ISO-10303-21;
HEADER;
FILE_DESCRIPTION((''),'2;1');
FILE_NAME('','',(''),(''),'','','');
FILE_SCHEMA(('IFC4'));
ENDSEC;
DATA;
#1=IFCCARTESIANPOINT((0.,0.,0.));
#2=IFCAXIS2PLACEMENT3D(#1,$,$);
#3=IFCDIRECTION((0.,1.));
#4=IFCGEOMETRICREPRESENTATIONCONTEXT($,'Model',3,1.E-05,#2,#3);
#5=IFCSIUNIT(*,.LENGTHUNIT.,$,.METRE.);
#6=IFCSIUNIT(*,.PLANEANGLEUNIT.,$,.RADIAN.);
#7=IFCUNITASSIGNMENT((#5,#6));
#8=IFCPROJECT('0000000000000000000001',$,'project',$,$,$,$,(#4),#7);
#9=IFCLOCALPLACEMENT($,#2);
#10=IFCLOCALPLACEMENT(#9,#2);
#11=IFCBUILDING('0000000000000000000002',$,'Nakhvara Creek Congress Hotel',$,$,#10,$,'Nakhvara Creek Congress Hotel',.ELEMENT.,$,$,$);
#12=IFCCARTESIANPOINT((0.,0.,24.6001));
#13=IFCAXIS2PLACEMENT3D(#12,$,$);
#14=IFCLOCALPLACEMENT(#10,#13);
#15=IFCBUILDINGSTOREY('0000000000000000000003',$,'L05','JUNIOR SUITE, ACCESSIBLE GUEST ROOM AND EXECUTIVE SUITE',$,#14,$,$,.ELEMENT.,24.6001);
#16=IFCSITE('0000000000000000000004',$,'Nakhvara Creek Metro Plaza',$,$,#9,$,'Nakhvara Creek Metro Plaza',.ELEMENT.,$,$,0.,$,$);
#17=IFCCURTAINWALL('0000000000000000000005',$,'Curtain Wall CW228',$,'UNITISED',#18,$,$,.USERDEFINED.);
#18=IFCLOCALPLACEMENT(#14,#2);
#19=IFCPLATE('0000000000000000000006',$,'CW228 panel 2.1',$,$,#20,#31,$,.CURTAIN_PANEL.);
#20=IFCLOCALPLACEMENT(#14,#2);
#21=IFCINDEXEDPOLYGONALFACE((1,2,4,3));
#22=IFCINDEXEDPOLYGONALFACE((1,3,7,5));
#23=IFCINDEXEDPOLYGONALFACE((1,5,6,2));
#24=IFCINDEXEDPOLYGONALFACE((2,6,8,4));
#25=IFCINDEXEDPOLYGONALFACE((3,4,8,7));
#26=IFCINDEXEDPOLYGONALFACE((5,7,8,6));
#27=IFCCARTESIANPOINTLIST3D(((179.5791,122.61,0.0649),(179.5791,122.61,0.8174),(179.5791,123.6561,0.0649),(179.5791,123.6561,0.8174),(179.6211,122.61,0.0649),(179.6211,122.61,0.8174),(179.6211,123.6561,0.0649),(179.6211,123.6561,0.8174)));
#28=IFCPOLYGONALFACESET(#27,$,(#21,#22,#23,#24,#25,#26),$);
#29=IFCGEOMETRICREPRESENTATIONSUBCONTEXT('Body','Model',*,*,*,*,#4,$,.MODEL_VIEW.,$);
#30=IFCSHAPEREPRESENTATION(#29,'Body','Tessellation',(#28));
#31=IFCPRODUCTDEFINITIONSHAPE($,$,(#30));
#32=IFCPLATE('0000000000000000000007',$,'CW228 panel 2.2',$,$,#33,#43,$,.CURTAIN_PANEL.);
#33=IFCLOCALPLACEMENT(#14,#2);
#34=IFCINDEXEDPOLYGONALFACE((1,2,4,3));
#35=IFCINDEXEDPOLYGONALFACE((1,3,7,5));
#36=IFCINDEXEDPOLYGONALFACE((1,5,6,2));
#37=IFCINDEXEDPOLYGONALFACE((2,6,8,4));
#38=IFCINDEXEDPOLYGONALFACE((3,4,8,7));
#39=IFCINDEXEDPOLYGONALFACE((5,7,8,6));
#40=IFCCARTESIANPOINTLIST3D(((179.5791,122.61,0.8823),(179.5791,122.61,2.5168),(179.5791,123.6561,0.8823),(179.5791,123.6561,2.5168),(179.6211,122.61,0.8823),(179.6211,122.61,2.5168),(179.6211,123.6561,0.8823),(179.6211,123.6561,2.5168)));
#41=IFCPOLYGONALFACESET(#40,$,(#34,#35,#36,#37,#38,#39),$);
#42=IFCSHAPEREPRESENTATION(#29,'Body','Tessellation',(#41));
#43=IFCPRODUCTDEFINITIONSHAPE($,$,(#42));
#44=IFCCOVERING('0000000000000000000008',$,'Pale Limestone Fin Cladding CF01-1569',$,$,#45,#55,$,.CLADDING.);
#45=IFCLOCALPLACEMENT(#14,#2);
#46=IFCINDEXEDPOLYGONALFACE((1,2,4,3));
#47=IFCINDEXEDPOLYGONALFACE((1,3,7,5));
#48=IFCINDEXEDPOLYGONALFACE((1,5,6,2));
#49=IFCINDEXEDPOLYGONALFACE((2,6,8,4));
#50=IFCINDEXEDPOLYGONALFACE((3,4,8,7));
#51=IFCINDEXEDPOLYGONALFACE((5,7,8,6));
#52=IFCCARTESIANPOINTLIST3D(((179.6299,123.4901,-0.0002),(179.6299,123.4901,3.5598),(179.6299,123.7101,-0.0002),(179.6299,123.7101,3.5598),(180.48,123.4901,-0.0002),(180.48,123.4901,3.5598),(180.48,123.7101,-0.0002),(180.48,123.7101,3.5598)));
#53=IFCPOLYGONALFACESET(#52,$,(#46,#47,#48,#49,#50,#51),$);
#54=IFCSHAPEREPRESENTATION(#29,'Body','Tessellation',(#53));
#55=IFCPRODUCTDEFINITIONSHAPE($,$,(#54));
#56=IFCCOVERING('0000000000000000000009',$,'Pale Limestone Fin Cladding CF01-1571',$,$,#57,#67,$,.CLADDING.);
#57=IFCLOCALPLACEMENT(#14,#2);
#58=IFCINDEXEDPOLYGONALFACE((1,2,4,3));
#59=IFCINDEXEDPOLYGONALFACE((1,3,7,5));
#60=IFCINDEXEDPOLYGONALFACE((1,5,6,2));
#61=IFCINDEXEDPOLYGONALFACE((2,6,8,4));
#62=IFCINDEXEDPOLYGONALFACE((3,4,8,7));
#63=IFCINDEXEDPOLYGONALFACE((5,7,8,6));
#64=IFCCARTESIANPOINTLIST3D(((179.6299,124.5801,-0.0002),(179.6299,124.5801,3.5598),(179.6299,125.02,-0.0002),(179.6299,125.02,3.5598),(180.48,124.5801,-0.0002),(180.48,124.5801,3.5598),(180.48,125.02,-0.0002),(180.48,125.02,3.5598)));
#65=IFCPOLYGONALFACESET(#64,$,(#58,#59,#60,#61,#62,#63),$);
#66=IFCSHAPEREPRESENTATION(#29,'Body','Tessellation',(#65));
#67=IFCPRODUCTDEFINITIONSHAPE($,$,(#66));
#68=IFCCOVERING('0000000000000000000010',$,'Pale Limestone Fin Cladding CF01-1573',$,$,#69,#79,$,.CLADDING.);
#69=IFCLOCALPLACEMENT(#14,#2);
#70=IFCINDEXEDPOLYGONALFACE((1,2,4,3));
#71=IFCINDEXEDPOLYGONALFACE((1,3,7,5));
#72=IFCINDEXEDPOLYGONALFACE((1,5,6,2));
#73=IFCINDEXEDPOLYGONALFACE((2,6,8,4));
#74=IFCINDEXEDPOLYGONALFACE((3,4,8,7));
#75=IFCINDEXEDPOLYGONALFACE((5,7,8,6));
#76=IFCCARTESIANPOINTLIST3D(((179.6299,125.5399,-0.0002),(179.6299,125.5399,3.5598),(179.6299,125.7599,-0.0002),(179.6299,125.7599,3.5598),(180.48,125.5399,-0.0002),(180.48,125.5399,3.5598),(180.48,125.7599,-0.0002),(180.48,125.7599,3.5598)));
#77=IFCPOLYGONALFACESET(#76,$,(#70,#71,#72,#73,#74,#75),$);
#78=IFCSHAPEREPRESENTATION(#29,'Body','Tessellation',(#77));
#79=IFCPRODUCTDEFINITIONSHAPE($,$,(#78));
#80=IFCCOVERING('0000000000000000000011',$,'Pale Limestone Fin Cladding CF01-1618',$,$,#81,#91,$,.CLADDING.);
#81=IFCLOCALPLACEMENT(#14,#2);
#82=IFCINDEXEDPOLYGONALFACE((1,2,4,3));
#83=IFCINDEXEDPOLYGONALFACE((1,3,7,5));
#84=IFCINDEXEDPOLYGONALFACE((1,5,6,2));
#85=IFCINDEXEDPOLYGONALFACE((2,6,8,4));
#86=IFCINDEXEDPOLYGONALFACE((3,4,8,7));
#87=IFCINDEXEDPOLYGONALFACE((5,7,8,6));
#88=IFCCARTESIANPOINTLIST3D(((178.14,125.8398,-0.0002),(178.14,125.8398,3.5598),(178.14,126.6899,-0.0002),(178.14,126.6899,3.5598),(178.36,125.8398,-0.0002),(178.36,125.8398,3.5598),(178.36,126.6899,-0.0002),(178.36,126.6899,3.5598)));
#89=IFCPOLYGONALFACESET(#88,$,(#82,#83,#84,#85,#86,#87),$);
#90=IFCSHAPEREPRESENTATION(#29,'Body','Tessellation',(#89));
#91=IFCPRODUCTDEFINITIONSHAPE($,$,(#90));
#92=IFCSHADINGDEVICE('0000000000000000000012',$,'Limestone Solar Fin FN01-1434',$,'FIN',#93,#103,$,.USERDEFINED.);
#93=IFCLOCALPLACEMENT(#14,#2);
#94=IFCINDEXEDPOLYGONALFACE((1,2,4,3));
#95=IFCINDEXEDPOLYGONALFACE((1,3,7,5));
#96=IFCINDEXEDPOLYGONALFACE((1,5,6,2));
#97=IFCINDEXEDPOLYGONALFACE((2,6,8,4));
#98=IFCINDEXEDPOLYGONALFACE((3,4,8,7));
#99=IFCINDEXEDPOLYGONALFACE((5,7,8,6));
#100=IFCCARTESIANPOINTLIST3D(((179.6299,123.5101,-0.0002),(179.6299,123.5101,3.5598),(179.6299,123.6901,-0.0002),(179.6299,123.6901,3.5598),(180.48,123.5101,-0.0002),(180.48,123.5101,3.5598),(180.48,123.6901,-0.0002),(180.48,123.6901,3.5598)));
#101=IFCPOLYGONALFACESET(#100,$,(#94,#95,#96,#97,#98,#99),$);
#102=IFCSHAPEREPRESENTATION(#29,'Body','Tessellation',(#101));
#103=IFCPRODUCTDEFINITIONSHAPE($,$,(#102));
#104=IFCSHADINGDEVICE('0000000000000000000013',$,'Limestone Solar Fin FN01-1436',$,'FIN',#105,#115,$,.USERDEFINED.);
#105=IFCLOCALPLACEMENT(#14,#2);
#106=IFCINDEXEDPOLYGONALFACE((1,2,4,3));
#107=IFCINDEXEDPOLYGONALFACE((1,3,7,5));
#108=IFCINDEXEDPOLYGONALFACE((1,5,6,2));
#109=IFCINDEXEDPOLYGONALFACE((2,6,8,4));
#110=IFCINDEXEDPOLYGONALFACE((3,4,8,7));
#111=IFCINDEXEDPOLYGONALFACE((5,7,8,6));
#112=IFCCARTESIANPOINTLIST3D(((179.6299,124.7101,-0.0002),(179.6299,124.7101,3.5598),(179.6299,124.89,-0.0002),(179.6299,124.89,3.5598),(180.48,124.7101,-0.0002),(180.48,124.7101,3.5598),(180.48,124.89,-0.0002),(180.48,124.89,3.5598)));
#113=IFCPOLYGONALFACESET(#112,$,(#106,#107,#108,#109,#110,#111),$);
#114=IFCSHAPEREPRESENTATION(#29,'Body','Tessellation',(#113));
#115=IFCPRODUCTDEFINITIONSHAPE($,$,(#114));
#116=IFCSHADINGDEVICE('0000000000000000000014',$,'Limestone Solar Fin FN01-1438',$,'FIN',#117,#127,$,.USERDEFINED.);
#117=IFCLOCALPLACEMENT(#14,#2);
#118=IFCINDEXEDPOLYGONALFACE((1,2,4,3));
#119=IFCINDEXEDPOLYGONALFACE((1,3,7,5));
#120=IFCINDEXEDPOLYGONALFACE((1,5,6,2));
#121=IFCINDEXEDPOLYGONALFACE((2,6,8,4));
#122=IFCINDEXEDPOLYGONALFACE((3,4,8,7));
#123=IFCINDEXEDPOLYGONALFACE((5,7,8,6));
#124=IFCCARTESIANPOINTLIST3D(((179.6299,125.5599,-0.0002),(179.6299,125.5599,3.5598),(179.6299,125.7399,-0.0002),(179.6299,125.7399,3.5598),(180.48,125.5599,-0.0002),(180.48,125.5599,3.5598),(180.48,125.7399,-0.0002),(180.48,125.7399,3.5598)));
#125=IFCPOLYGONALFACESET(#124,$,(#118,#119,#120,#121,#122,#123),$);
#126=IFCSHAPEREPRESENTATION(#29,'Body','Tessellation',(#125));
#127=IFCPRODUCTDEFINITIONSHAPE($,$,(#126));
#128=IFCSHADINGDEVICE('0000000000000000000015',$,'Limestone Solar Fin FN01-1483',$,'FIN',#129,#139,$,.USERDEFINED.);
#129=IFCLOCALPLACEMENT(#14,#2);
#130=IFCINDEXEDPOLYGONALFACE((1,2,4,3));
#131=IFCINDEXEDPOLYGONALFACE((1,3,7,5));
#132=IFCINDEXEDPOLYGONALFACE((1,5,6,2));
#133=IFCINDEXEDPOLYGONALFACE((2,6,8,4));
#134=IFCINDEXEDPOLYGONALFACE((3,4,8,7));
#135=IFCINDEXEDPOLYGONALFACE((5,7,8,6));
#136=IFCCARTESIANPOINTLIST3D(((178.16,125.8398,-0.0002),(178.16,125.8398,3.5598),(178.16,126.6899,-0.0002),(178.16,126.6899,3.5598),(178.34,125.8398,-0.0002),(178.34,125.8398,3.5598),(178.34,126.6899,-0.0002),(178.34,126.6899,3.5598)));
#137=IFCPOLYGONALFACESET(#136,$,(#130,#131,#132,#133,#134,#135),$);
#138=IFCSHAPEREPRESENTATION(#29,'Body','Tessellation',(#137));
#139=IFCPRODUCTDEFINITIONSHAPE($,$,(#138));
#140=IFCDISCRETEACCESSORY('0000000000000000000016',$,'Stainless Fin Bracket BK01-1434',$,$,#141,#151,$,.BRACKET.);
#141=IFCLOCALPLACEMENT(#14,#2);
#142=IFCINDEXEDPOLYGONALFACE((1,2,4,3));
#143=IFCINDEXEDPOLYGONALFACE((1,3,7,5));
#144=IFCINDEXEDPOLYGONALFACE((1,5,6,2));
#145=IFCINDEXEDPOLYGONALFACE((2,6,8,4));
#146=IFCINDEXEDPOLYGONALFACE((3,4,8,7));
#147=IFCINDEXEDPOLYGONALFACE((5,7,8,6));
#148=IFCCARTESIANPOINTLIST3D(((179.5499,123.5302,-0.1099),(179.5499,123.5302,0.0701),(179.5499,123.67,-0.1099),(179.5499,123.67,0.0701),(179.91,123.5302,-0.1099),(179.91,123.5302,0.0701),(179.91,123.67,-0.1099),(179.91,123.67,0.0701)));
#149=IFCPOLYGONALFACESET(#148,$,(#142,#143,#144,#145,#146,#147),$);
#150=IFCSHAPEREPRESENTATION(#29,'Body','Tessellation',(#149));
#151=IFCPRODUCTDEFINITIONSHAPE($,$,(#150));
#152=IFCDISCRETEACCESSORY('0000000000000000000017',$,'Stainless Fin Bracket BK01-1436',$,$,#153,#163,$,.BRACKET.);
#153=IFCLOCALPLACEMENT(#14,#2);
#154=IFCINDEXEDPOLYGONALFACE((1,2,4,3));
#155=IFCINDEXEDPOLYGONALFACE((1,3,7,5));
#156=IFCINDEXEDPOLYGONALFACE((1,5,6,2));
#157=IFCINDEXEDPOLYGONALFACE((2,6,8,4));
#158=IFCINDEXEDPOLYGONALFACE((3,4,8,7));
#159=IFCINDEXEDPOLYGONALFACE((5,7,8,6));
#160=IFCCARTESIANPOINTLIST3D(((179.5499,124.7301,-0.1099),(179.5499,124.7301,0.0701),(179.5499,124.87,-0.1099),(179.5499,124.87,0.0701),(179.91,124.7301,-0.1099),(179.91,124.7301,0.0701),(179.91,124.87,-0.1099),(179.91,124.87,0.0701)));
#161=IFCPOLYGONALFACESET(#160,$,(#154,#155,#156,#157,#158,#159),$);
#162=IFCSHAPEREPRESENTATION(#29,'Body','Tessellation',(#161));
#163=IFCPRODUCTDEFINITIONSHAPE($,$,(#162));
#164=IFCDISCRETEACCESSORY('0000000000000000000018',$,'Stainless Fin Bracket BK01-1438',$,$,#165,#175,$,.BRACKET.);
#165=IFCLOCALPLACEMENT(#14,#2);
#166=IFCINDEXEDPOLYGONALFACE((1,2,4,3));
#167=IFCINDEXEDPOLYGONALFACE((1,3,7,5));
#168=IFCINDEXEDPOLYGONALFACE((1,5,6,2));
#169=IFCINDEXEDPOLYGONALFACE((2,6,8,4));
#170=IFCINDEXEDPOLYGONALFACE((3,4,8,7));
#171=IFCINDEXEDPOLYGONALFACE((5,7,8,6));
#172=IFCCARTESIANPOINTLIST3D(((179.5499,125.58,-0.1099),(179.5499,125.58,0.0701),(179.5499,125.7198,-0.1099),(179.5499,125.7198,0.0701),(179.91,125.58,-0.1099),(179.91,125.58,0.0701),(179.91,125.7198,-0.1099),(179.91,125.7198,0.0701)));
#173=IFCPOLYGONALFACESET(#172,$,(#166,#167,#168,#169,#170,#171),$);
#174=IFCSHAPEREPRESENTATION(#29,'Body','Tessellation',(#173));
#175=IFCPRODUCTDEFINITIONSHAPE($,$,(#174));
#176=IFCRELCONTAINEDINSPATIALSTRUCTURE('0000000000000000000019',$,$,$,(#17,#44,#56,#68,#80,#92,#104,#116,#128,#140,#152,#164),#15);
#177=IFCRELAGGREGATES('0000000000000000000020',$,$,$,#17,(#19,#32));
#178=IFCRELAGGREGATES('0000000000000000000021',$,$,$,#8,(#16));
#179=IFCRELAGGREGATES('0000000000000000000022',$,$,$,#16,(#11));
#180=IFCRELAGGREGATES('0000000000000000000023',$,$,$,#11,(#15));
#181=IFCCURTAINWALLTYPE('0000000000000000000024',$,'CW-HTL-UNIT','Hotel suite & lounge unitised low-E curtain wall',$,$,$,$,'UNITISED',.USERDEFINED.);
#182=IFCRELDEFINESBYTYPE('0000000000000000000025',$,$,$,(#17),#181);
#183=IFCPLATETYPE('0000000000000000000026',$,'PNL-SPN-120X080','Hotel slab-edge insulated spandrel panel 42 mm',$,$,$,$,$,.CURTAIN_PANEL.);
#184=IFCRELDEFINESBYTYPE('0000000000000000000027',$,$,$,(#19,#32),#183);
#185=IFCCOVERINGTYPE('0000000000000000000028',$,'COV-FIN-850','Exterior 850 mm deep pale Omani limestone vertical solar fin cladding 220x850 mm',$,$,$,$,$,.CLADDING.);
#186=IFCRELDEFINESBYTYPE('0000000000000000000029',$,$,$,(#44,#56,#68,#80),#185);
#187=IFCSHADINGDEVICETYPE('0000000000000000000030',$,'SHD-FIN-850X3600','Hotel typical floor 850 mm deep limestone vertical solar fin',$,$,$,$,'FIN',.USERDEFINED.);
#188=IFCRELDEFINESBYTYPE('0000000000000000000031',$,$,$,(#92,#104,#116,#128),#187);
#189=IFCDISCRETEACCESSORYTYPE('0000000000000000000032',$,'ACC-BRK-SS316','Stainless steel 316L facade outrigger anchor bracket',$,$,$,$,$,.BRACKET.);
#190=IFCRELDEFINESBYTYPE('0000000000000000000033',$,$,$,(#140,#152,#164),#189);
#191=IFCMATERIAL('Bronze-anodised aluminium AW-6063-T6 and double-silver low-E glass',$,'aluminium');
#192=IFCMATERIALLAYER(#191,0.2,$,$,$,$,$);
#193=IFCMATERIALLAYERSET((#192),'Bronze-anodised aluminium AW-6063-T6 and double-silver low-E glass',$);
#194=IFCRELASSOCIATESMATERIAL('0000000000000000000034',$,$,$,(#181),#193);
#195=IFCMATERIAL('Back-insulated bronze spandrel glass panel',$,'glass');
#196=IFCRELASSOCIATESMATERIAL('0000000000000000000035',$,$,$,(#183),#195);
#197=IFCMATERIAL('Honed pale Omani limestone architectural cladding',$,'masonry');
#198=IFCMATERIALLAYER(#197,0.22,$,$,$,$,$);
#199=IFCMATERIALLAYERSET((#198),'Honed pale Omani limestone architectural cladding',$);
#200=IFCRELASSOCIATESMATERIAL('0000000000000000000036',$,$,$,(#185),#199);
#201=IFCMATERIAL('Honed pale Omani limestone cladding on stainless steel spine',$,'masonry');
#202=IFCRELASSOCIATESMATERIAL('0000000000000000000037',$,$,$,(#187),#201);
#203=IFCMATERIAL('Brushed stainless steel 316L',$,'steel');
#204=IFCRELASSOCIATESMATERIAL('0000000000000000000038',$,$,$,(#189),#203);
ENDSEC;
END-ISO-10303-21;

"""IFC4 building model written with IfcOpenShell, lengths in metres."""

from ifc_helpers import new_model, si_unit, direction, frame, origin, origin_2d, place, context, subcontext, project, spatial, rectangle, extrude, material, layer, layer_set, type_object, element, aggregate, save


model = new_model("IFC4")

# Units and contexts
model_context = context("Model", 3, precision=1e-05, world=origin(), true_north=direction((0.0, 1.0)))
body_context = subcontext(model_context, "Body", "Model", "MODEL_VIEW")
ifc_project = project(units=[si_unit("LENGTHUNIT", "METRE"), si_unit("PLANEANGLEUNIT", "RADIAN")], contexts=[model_context])

# Site, building, storey
site_placement = place(None, origin())
site = spatial("IfcSite", under=ifc_project, at=site_placement, Name="Nakhvara Creek Metro Plaza", LongName="Nakhvara Creek Metro Plaza", CompositionType="ELEMENT", RefElevation=0.0)
building_placement = place(site_placement, origin())
building = spatial("IfcBuilding", under=site, at=building_placement, Name="Nakhvara Creek Congress Hotel", LongName="Nakhvara Creek Congress Hotel", CompositionType="ELEMENT")
storey_placement = place(building_placement, frame((0.0, 0.0, 24.6001)))
storey = spatial("IfcBuildingStorey", under=building, at=storey_placement, Name="L05", Description="JUNIOR SUITE, ACCESSIBLE GUEST ROOM AND EXECUTIVE SUITE", CompositionType="ELEMENT", Elevation=24.6001)

# Curtain wall, plates
ifc_material_1 = material(Name="Bronze-anodised aluminium AW-6063-T6 and double-silver low-E glass", Category="aluminium")
ifc_layer_1 = layer(ifc_material_1, 0.2)
ifc_layer_set_1 = layer_set([ifc_layer_1], Name="Bronze-anodised aluminium AW-6063-T6 and double-silver low-E glass")
curtain_wall_type = type_object("IfcCurtainWallType", Name="CW-HTL-UNIT", Description="Hotel suite & lounge unitised low-E curtain wall", ElementType="UNITISED", PredefinedType="USERDEFINED", material=ifc_layer_set_1)
curtain_wall_placement = place(storey_placement, origin())
curtain_wall = element("IfcCurtainWall", 1, at=curtain_wall_placement, inside=storey, type_object=curtain_wall_type, Name="Curtain Wall CW228", ObjectType="UNITISED", PredefinedType="USERDEFINED")
ifc_material_2 = material(Name="Back-insulated bronze spandrel glass panel", Category="glass")
plate_type = type_object("IfcPlateType", Name="PNL-SPN-120X080", Description="Hotel slab-edge insulated spandrel panel 42 mm", PredefinedType="CURTAIN_PANEL", material=ifc_material_2)
plate_1_placement = place(storey_placement, frame((179.6001, 123.1331, 0.0649), z_axis=(0.0, 0.0, 1.0), x_axis=(0.0, -1.0, 0.0)))
plate_1 = element("IfcPlate", 2, at=plate_1_placement, type_object=plate_type, Name="CW228 panel 2.1", PredefinedType="CURTAIN_PANEL", context=body_context, shape_type="SweptSolid", body=[
    extrude(rectangle(XDim=1.0461, YDim=0.042, at=origin_2d()), origin(), (0.0, 0.0, 1.0), 0.7524),
])
plate_2_placement = place(storey_placement, frame((179.6001, 123.1331, 0.8823), z_axis=(0.0, 0.0, 1.0), x_axis=(0.0, -1.0, 0.0)))
plate_2 = element("IfcPlate", 3, at=plate_2_placement, type_object=plate_type, Name="CW228 panel 2.2", PredefinedType="CURTAIN_PANEL", context=body_context, shape_type="SweptSolid", body=[
    extrude(rectangle(XDim=1.0461, YDim=0.042, at=origin_2d()), origin(), (0.0, 0.0, 1.0), 1.6345),
])
aggregate(curtain_wall, [plate_1, plate_2])

# Coverings
ifc_material_3 = material(Name="Honed pale Omani limestone architectural cladding", Category="masonry")
ifc_layer_2 = layer(ifc_material_3, 0.22)
ifc_layer_set_2 = layer_set([ifc_layer_2], Name="Honed pale Omani limestone architectural cladding")
covering_type = type_object("IfcCoveringType", Name="COV-FIN-850", Description="Exterior 850 mm deep pale Omani limestone vertical solar fin cladding 220x850 mm", PredefinedType="CLADDING", material=ifc_layer_set_2)
covering_1_placement = place(storey_placement, frame((180.0549, 123.6001, -0.0002), z_axis=(0.0, 0.0, 1.0), x_axis=(0.0, 1.0, 0.0)))
element("IfcCovering", 4, at=covering_1_placement, inside=storey, type_object=covering_type, Name="Pale Limestone Fin Cladding CF01-1569", PredefinedType="CLADDING", context=body_context, shape_type="SweptSolid", body=[
    extrude(rectangle(XDim=0.22, YDim=0.8501, at=origin_2d()), origin(), (0.0, 0.0, 1.0), 3.5601),
])
covering_2_placement = place(storey_placement, frame((180.0549, 124.8, -0.0002), z_axis=(0.0, 0.0, 1.0), x_axis=(0.0, 1.0, 0.0)))
element("IfcCovering", 5, at=covering_2_placement, inside=storey, type_object=covering_type, Name="Pale Limestone Fin Cladding CF01-1571", PredefinedType="CLADDING", context=body_context, shape_type="SweptSolid", body=[
    extrude(rectangle(XDim=0.4399, YDim=0.8501, at=origin_2d()), origin(), (0.0, 0.0, 1.0), 3.5601),
])
for number, where, z_axis, x_axis, name in (
    (6, (180.0549, 125.6499, -0.0002), (0.0, 0.0, 1.0), (0.0, 1.0, 0.0), "Pale Limestone Fin Cladding CF01-1573"),
    (7, (178.25, 126.2649, -0.0002), (0.0, 0.0, 1.0), (1.0, 0.0, 0.0), "Pale Limestone Fin Cladding CF01-1618"),
):
    element("IfcCovering", number, at=place(storey_placement, frame(where, z_axis=z_axis, x_axis=x_axis)), inside=storey, type_object=covering_type, Name=name, PredefinedType="CLADDING", context=body_context, shape_type="SweptSolid", body=[
        extrude(rectangle(XDim=0.22, YDim=0.8501, at=origin_2d()), origin(), (0.0, 0.0, 1.0), 3.5601),
    ])

# Shading devices
ifc_material_4 = material(Name="Honed pale Omani limestone cladding on stainless steel spine", Category="masonry")
shading_device_type = type_object("IfcShadingDeviceType", Name="SHD-FIN-850X3600", Description="Hotel typical floor 850 mm deep limestone vertical solar fin", ElementType="FIN", PredefinedType="USERDEFINED", material=ifc_material_4)
for number, where, z_axis, x_axis, name in (
    (8, (180.0549, 123.6001, -0.0002), (0.0, 0.0, 1.0), (0.0, 1.0, 0.0), "Limestone Solar Fin FN01-1434"),
    (9, (180.0549, 124.8, -0.0002), (0.0, 0.0, 1.0), (0.0, 1.0, 0.0), "Limestone Solar Fin FN01-1436"),
    (10, (180.0549, 125.6499, -0.0002), (0.0, 0.0, 1.0), (0.0, 1.0, 0.0), "Limestone Solar Fin FN01-1438"),
    (11, (178.25, 126.2649, -0.0002), (0.0, 0.0, 1.0), (1.0, 0.0, 0.0), "Limestone Solar Fin FN01-1483"),
):
    element("IfcShadingDevice", number, at=place(storey_placement, frame(where, z_axis=z_axis, x_axis=x_axis)), inside=storey, type_object=shading_device_type, Name=name, ObjectType="FIN", PredefinedType="USERDEFINED", context=body_context, shape_type="SweptSolid", body=[
        extrude(rectangle(XDim=0.1799, YDim=0.8501, at=origin_2d()), origin(), (0.0, 0.0, 1.0), 3.5601),
    ])

# Discrete accessories
ifc_material_5 = material(Name="Brushed stainless steel 316L", Category="steel")
discrete_accessory_type = type_object("IfcDiscreteAccessoryType", Name="ACC-BRK-SS316", Description="Stainless steel 316L facade outrigger anchor bracket", PredefinedType="BRACKET", material=ifc_material_5)
for number, where, z_axis, x_axis, name in (
    (12, (179.73, 123.6001, -0.1099), (0.0, 0.0, 1.0), (0.0, 1.0, 0.0), "Stainless Fin Bracket BK01-1434"),
    (13, (179.73, 124.8, -0.1099), (0.0, 0.0, 1.0), (0.0, 1.0, 0.0), "Stainless Fin Bracket BK01-1436"),
    (14, (179.73, 125.6499, -0.1099), (0.0, 0.0, 1.0), (0.0, 1.0, 0.0), "Stainless Fin Bracket BK01-1438"),
):
    element("IfcDiscreteAccessory", number, at=place(storey_placement, frame(where, z_axis=z_axis, x_axis=x_axis)), inside=storey, type_object=discrete_accessory_type, Name=name, PredefinedType="BRACKET", context=body_context, shape_type="SweptSolid", body=[
        extrude(rectangle(XDim=0.1399, YDim=0.3601, at=origin_2d()), origin(), (0.0, 0.0, 1.0), 0.1799),
    ])

save(model, "model.ifc")
